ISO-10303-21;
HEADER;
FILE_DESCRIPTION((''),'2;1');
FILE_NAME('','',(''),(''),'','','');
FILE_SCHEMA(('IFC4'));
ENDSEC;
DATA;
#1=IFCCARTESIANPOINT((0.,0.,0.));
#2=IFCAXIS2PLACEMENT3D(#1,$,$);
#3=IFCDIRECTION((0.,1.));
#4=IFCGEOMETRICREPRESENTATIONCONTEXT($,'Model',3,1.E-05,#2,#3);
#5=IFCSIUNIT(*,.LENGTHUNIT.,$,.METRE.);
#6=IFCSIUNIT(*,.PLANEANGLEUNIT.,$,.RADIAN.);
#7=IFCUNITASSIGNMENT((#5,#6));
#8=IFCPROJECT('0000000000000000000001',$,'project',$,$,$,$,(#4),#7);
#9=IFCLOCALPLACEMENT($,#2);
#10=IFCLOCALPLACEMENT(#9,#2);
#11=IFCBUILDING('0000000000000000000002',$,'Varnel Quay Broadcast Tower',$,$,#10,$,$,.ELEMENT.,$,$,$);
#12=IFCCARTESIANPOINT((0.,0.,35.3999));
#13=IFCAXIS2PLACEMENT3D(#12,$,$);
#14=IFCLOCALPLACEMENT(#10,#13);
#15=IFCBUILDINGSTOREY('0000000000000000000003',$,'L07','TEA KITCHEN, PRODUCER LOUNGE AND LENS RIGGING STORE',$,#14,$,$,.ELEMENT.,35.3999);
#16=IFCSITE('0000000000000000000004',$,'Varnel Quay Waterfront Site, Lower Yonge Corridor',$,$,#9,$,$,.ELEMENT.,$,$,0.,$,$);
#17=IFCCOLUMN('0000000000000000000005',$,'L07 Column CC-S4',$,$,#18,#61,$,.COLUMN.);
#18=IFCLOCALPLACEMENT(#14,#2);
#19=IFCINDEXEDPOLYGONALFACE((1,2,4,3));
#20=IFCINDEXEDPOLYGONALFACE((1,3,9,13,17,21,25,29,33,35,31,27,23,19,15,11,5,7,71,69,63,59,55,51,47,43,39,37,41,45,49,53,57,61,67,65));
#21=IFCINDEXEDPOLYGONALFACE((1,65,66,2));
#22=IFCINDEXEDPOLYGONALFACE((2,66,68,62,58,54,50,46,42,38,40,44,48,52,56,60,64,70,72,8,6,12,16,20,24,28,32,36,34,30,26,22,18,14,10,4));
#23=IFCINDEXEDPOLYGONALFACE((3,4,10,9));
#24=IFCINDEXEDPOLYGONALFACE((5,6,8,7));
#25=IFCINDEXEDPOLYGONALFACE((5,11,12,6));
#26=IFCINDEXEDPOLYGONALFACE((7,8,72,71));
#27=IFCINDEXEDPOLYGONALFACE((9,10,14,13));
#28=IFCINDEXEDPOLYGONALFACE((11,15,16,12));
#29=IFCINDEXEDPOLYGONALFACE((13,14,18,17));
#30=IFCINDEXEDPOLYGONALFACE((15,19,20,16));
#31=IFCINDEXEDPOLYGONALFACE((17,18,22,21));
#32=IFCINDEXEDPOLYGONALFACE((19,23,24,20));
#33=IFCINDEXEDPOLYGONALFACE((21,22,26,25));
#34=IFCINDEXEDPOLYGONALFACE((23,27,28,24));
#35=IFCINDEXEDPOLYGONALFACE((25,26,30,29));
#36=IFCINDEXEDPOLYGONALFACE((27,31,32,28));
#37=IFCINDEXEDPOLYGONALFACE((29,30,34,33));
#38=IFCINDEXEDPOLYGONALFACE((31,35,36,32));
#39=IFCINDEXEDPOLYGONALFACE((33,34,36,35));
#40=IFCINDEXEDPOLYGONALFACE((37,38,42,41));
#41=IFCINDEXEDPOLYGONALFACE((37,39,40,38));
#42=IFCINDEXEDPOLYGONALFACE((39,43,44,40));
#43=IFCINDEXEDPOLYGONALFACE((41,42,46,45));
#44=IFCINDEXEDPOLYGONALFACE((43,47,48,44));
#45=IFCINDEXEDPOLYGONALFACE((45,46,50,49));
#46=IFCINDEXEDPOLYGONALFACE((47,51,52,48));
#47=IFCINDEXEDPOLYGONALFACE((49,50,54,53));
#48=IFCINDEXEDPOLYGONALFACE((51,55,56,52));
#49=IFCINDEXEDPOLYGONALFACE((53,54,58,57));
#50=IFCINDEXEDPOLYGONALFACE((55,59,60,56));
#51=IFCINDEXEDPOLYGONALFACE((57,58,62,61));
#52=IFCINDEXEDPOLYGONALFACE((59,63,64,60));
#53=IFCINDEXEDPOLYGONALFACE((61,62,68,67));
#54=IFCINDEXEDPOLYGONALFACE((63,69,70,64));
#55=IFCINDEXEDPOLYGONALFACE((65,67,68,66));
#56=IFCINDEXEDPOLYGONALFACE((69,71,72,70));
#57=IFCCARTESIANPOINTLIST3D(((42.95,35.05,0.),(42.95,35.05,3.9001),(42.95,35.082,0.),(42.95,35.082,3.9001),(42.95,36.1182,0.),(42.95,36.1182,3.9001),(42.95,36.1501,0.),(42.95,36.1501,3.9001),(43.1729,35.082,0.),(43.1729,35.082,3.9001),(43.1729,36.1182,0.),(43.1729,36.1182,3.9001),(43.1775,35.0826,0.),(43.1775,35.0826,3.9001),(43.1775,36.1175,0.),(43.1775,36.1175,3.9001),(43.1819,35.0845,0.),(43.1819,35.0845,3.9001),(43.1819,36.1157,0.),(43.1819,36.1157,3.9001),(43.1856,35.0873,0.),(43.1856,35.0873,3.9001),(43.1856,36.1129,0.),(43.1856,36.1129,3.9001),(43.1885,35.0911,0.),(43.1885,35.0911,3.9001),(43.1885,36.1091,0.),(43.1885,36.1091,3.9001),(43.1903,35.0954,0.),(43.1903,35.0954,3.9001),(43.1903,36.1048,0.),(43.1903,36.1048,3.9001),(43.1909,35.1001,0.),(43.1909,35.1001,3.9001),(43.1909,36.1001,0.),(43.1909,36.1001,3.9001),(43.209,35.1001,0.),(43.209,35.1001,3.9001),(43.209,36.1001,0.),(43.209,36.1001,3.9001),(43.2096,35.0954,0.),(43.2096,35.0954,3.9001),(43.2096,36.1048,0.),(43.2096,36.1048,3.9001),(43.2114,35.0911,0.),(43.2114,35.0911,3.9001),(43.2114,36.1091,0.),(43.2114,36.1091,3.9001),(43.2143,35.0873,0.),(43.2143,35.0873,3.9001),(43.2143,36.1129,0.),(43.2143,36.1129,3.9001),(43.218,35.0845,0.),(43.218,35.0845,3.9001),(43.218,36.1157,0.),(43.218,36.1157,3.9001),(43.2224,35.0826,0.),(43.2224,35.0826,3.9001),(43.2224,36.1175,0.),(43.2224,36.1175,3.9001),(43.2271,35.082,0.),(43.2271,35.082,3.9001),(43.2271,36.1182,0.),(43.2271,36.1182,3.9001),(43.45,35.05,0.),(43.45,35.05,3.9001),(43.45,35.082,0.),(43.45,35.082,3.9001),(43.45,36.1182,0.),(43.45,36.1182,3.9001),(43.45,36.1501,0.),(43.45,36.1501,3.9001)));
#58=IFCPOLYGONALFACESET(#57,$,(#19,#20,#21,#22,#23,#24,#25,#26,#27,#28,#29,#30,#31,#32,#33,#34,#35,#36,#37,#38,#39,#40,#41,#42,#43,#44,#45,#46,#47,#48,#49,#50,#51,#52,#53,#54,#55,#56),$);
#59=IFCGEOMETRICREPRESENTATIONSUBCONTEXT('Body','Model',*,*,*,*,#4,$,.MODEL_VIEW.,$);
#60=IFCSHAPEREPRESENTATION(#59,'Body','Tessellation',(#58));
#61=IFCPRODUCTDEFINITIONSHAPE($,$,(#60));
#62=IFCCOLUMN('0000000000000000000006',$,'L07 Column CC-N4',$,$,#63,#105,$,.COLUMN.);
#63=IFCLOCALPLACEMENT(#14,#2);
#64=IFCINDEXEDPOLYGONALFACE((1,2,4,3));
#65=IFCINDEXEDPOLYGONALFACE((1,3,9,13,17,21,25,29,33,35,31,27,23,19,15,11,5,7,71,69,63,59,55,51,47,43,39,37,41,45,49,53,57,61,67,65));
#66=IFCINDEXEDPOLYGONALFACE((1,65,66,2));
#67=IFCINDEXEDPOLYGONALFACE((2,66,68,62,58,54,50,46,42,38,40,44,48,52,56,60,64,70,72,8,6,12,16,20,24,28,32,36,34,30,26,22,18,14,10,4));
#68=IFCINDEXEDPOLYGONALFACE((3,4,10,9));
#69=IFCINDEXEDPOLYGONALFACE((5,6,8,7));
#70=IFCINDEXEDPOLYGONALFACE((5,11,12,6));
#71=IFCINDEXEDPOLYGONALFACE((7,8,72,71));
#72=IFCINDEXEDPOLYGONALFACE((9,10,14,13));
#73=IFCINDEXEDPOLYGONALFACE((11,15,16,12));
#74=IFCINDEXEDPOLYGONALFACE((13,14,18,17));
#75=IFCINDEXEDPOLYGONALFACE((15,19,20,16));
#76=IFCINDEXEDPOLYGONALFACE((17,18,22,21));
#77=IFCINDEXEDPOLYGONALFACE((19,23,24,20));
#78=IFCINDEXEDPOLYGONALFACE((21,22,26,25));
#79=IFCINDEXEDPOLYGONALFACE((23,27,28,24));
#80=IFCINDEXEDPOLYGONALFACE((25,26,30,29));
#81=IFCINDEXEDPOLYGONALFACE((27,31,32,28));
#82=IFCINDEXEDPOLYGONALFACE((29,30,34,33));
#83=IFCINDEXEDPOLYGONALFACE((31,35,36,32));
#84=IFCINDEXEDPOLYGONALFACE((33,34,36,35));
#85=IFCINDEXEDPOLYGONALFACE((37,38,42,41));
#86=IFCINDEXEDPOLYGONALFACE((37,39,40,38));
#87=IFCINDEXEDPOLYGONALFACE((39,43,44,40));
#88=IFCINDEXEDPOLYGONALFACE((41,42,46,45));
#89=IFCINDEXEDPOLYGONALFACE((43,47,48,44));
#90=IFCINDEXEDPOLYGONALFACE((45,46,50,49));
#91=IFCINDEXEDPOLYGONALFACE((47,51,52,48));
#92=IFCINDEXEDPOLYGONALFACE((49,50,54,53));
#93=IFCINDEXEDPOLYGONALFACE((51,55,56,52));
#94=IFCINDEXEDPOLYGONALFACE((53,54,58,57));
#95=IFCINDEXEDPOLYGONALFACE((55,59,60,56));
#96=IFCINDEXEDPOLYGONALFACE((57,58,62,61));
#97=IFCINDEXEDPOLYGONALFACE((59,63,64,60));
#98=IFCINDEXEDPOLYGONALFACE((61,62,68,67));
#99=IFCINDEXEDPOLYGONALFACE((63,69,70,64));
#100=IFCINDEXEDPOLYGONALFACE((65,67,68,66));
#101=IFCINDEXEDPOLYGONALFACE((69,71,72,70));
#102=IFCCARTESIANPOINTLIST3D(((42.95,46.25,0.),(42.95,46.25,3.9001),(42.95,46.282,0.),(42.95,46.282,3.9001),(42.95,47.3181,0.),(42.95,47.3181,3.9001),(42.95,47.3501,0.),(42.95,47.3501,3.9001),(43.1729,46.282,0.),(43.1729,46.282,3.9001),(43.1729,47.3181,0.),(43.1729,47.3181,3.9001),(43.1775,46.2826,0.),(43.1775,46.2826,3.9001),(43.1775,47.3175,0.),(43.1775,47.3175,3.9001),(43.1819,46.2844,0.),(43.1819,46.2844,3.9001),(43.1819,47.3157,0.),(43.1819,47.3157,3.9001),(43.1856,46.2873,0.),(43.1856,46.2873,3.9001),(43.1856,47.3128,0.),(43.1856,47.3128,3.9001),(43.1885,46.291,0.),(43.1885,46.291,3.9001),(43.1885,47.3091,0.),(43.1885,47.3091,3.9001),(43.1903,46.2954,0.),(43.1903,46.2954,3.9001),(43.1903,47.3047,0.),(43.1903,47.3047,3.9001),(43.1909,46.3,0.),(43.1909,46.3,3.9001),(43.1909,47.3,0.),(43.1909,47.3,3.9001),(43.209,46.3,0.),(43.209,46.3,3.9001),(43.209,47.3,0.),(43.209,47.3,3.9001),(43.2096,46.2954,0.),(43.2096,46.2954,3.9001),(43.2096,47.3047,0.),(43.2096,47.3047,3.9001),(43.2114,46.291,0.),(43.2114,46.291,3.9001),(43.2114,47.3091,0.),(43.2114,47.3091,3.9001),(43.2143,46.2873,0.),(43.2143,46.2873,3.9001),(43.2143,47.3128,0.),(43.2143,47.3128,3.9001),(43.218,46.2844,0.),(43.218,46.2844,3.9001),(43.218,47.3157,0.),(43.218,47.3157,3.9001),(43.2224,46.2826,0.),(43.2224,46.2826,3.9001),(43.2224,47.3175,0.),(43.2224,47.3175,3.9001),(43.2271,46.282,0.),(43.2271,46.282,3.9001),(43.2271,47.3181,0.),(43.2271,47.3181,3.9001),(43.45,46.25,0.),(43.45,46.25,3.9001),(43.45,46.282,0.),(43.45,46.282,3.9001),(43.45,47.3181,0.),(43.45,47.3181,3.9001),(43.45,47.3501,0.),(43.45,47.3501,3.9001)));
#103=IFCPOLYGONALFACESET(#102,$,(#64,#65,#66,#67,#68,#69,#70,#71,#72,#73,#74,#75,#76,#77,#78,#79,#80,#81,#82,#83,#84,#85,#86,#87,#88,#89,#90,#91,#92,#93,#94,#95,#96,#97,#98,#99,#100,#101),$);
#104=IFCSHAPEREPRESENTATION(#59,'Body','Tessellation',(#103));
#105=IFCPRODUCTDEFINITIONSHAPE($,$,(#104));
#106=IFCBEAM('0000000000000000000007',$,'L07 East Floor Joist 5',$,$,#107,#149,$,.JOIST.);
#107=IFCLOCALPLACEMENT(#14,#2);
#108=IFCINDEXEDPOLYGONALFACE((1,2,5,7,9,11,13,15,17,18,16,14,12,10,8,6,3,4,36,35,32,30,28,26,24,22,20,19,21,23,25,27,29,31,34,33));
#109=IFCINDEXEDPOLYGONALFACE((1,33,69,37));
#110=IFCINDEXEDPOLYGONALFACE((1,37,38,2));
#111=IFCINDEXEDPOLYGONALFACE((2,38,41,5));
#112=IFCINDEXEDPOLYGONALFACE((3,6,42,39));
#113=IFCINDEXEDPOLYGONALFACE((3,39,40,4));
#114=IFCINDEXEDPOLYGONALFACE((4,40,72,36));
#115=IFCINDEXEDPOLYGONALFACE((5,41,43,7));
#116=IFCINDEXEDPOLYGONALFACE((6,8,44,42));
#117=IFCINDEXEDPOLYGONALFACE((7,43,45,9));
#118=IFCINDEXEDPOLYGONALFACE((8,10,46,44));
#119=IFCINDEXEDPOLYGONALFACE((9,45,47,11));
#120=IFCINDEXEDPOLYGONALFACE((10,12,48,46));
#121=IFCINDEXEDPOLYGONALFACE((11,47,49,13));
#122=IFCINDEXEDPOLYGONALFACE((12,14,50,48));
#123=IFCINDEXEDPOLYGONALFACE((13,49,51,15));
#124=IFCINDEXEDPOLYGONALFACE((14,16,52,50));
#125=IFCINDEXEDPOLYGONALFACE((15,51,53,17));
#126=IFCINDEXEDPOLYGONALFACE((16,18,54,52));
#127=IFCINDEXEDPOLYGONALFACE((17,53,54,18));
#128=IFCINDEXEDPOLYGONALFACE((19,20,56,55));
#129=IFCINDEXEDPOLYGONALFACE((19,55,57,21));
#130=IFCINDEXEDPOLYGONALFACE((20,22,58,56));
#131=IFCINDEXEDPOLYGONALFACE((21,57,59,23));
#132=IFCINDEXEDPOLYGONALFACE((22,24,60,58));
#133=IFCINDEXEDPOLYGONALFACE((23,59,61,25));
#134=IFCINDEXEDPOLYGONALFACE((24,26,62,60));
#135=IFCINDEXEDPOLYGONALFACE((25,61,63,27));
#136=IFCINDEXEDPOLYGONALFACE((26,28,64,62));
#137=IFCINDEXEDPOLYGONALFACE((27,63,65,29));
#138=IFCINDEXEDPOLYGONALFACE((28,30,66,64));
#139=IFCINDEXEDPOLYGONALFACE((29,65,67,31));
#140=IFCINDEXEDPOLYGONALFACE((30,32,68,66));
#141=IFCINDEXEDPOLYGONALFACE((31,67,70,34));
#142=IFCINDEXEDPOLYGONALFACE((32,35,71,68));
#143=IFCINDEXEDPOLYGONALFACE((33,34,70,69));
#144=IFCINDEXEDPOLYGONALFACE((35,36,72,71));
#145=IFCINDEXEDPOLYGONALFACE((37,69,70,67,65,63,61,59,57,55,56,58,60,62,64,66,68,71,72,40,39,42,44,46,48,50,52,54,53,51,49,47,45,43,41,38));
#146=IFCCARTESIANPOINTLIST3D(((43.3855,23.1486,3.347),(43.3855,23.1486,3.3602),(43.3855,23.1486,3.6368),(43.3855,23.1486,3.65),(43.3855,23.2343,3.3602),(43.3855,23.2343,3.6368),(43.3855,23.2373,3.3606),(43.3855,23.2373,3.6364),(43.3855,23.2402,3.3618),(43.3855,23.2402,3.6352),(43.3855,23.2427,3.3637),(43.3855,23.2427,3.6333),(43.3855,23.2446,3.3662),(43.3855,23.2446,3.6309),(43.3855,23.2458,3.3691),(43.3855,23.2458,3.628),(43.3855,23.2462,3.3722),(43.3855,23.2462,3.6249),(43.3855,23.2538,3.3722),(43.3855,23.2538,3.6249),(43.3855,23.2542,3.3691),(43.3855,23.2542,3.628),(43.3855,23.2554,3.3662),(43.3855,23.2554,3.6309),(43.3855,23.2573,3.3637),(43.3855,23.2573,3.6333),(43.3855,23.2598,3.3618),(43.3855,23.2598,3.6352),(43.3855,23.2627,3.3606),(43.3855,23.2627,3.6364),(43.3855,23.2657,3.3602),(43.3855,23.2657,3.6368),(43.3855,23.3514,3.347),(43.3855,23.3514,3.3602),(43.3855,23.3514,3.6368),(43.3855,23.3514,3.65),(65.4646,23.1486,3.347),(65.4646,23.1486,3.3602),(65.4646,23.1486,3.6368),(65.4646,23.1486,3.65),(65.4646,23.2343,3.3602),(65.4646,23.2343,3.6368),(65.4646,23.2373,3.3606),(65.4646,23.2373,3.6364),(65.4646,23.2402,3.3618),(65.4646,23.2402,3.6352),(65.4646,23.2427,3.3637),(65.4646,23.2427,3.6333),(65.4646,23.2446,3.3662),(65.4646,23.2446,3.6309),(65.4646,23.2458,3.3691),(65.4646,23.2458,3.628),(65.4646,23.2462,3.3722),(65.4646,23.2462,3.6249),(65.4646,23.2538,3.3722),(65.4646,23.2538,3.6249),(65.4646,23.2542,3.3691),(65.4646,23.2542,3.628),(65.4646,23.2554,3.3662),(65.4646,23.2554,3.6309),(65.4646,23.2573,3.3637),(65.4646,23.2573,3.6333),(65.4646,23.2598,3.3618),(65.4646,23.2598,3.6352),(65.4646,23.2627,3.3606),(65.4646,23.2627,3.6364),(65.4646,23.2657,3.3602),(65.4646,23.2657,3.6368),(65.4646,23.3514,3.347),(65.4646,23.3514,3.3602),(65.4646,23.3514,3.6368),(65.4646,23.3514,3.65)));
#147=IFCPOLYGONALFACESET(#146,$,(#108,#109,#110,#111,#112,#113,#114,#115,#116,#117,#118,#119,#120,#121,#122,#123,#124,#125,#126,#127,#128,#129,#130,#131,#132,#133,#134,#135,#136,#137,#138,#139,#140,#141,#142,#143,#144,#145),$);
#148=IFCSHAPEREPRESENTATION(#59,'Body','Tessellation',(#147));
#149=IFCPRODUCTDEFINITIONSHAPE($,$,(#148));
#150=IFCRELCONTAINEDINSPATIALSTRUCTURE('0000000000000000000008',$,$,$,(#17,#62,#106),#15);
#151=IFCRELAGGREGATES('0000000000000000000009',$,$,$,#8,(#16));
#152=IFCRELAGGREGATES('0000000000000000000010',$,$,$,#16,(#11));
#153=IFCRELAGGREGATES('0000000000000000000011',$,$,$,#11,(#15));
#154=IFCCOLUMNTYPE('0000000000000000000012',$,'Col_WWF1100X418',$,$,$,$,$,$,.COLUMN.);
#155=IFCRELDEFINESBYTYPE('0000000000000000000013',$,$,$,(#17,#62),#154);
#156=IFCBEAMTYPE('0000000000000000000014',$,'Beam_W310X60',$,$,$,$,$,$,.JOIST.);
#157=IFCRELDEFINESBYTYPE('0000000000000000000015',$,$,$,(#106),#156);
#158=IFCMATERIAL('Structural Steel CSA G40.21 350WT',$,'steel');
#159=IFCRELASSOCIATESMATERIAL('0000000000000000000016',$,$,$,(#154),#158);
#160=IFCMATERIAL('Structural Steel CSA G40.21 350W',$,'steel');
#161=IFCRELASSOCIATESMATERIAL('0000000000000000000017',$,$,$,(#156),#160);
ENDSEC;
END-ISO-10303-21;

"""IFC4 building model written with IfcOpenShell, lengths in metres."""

from ifc_helpers import new_model, si_unit, direction, frame, origin, origin_2d, place, context, subcontext, project, spatial, i_section, extrude, source, transform, mapped, material, material_profile, profile_set, type_object, type_shapes, element, save


model = new_model("IFC4")

# Units and contexts
model_context = context("Model", 3, precision=1e-05, world=origin(), true_north=direction((0.0, 1.0)))
body_context = subcontext(model_context, "Body", "Model", "MODEL_VIEW")
ifc_project = project(units=[si_unit("LENGTHUNIT", "METRE"), si_unit("PLANEANGLEUNIT", "RADIAN")], contexts=[model_context])

# Site, building, storey
site_placement = place(None, origin())
site = spatial("IfcSite", under=ifc_project, at=site_placement, Name="Varnel Quay Waterfront Site, Lower Yonge Corridor", CompositionType="ELEMENT", RefElevation=0.0)
building_placement = place(site_placement, origin())
building = spatial("IfcBuilding", under=site, at=building_placement, Name="Varnel Quay Broadcast Tower", CompositionType="ELEMENT")
storey_placement = place(building_placement, frame((0.0, 0.0, 35.3999)))
storey = spatial("IfcBuildingStorey", under=building, at=storey_placement, Name="L07", Description="TEA KITCHEN, PRODUCER LOUNGE AND LENS RIGGING STORE", CompositionType="ELEMENT", Elevation=35.3999)

# Columns
ifc_material_1 = material(Name="Structural Steel CSA G40.21 350WT", Category="steel")
ifc_material_profile_1 = material_profile(ifc_material_1, i_section(OverallWidth=0.5, OverallDepth=1.1001, WebThickness=0.0181, FlangeThickness=0.032, FilletRadius=0.0181, at=origin_2d()), Name="WWF1100X418")
ifc_profile_set_1 = profile_set([ifc_material_profile_1], Name="Structural Steel CSA G40.21 350WT")
column_type = type_object("IfcColumnType", Name="Col_WWF1100X418", PredefinedType="COLUMN", material=ifc_profile_set_1)
shared_shape_1 = source(origin(), body_context, "Body", "SweptSolid", [
    extrude(i_section(OverallWidth=0.5, OverallDepth=1.1001, WebThickness=0.0181, FlangeThickness=0.032, FilletRadius=0.0181, at=origin_2d()), origin(), (0.0, 0.0, 1.0), 3.9001),
])
type_shapes(column_type, [shared_shape_1])
for number, where, z_axis, x_axis, name in (
    (1, (43.2, 35.6001, 0.0), (0.0, 0.0, 1.0), (1.0, 0.0, 0.0), "L07 Column CC-S4"),
    (2, (43.2, 46.8, 0.0), (0.0, 0.0, 1.0), (1.0, 0.0, 0.0), "L07 Column CC-N4"),
):
    element("IfcColumn", number, at=place(storey_placement, frame(where, z_axis=z_axis, x_axis=x_axis)), inside=storey, type_object=column_type, Name=name, PredefinedType="COLUMN", context=body_context, shape_type="MappedRepresentation", body=[
        mapped(shared_shape_1, transform((0.0, 0.0, 0.0), x_axis=(1.0, 0.0, 0.0), y_axis=(0.0, 1.0, 0.0), z_axis=(0.0, 0.0, 1.0), scale=1.0)),
    ])

# Beam
ifc_material_2 = material(Name="Structural Steel CSA G40.21 350W", Category="steel")
ifc_material_profile_2 = material_profile(ifc_material_2, i_section(OverallWidth=0.2029, OverallDepth=0.303, WebThickness=0.0076, FlangeThickness=0.0132, FilletRadius=0.012, at=origin_2d()), Name="W310X60")
ifc_profile_set_2 = profile_set([ifc_material_profile_2], Name="Structural Steel CSA G40.21 350W")
beam_type_1 = type_object("IfcBeamType", Name="Beam_W310X60", PredefinedType="JOIST", material=ifc_profile_set_2)
shared_shape_2 = source(origin(), body_context, "Body", "SweptSolid", [
    extrude(i_section(OverallWidth=0.2029, OverallDepth=0.303, WebThickness=0.0076, FlangeThickness=0.0132, FilletRadius=0.012, at=origin_2d()), origin(), (0.0, 0.0, 1.0), 22.0791),
])
type_shapes(beam_type_1, [shared_shape_2])
beam_1_placement = place(storey_placement, frame((43.3855, 23.25, 3.4985), z_axis=(1.0, 0.0, 0.0), x_axis=(0.0, 1.0, 0.0)))
element("IfcBeam", 3, at=beam_1_placement, inside=storey, type_object=beam_type_1, Name="L07 East Floor Joist 5", PredefinedType="JOIST", context=body_context, shape_type="MappedRepresentation", body=[
    mapped(shared_shape_2, transform((0.0, 0.0, 0.0), x_axis=(1.0, 0.0, 0.0), y_axis=(0.0, 1.0, 0.0), z_axis=(0.0, 0.0, 1.0), scale=1.0)),
])

save(model, "model.ifc")
